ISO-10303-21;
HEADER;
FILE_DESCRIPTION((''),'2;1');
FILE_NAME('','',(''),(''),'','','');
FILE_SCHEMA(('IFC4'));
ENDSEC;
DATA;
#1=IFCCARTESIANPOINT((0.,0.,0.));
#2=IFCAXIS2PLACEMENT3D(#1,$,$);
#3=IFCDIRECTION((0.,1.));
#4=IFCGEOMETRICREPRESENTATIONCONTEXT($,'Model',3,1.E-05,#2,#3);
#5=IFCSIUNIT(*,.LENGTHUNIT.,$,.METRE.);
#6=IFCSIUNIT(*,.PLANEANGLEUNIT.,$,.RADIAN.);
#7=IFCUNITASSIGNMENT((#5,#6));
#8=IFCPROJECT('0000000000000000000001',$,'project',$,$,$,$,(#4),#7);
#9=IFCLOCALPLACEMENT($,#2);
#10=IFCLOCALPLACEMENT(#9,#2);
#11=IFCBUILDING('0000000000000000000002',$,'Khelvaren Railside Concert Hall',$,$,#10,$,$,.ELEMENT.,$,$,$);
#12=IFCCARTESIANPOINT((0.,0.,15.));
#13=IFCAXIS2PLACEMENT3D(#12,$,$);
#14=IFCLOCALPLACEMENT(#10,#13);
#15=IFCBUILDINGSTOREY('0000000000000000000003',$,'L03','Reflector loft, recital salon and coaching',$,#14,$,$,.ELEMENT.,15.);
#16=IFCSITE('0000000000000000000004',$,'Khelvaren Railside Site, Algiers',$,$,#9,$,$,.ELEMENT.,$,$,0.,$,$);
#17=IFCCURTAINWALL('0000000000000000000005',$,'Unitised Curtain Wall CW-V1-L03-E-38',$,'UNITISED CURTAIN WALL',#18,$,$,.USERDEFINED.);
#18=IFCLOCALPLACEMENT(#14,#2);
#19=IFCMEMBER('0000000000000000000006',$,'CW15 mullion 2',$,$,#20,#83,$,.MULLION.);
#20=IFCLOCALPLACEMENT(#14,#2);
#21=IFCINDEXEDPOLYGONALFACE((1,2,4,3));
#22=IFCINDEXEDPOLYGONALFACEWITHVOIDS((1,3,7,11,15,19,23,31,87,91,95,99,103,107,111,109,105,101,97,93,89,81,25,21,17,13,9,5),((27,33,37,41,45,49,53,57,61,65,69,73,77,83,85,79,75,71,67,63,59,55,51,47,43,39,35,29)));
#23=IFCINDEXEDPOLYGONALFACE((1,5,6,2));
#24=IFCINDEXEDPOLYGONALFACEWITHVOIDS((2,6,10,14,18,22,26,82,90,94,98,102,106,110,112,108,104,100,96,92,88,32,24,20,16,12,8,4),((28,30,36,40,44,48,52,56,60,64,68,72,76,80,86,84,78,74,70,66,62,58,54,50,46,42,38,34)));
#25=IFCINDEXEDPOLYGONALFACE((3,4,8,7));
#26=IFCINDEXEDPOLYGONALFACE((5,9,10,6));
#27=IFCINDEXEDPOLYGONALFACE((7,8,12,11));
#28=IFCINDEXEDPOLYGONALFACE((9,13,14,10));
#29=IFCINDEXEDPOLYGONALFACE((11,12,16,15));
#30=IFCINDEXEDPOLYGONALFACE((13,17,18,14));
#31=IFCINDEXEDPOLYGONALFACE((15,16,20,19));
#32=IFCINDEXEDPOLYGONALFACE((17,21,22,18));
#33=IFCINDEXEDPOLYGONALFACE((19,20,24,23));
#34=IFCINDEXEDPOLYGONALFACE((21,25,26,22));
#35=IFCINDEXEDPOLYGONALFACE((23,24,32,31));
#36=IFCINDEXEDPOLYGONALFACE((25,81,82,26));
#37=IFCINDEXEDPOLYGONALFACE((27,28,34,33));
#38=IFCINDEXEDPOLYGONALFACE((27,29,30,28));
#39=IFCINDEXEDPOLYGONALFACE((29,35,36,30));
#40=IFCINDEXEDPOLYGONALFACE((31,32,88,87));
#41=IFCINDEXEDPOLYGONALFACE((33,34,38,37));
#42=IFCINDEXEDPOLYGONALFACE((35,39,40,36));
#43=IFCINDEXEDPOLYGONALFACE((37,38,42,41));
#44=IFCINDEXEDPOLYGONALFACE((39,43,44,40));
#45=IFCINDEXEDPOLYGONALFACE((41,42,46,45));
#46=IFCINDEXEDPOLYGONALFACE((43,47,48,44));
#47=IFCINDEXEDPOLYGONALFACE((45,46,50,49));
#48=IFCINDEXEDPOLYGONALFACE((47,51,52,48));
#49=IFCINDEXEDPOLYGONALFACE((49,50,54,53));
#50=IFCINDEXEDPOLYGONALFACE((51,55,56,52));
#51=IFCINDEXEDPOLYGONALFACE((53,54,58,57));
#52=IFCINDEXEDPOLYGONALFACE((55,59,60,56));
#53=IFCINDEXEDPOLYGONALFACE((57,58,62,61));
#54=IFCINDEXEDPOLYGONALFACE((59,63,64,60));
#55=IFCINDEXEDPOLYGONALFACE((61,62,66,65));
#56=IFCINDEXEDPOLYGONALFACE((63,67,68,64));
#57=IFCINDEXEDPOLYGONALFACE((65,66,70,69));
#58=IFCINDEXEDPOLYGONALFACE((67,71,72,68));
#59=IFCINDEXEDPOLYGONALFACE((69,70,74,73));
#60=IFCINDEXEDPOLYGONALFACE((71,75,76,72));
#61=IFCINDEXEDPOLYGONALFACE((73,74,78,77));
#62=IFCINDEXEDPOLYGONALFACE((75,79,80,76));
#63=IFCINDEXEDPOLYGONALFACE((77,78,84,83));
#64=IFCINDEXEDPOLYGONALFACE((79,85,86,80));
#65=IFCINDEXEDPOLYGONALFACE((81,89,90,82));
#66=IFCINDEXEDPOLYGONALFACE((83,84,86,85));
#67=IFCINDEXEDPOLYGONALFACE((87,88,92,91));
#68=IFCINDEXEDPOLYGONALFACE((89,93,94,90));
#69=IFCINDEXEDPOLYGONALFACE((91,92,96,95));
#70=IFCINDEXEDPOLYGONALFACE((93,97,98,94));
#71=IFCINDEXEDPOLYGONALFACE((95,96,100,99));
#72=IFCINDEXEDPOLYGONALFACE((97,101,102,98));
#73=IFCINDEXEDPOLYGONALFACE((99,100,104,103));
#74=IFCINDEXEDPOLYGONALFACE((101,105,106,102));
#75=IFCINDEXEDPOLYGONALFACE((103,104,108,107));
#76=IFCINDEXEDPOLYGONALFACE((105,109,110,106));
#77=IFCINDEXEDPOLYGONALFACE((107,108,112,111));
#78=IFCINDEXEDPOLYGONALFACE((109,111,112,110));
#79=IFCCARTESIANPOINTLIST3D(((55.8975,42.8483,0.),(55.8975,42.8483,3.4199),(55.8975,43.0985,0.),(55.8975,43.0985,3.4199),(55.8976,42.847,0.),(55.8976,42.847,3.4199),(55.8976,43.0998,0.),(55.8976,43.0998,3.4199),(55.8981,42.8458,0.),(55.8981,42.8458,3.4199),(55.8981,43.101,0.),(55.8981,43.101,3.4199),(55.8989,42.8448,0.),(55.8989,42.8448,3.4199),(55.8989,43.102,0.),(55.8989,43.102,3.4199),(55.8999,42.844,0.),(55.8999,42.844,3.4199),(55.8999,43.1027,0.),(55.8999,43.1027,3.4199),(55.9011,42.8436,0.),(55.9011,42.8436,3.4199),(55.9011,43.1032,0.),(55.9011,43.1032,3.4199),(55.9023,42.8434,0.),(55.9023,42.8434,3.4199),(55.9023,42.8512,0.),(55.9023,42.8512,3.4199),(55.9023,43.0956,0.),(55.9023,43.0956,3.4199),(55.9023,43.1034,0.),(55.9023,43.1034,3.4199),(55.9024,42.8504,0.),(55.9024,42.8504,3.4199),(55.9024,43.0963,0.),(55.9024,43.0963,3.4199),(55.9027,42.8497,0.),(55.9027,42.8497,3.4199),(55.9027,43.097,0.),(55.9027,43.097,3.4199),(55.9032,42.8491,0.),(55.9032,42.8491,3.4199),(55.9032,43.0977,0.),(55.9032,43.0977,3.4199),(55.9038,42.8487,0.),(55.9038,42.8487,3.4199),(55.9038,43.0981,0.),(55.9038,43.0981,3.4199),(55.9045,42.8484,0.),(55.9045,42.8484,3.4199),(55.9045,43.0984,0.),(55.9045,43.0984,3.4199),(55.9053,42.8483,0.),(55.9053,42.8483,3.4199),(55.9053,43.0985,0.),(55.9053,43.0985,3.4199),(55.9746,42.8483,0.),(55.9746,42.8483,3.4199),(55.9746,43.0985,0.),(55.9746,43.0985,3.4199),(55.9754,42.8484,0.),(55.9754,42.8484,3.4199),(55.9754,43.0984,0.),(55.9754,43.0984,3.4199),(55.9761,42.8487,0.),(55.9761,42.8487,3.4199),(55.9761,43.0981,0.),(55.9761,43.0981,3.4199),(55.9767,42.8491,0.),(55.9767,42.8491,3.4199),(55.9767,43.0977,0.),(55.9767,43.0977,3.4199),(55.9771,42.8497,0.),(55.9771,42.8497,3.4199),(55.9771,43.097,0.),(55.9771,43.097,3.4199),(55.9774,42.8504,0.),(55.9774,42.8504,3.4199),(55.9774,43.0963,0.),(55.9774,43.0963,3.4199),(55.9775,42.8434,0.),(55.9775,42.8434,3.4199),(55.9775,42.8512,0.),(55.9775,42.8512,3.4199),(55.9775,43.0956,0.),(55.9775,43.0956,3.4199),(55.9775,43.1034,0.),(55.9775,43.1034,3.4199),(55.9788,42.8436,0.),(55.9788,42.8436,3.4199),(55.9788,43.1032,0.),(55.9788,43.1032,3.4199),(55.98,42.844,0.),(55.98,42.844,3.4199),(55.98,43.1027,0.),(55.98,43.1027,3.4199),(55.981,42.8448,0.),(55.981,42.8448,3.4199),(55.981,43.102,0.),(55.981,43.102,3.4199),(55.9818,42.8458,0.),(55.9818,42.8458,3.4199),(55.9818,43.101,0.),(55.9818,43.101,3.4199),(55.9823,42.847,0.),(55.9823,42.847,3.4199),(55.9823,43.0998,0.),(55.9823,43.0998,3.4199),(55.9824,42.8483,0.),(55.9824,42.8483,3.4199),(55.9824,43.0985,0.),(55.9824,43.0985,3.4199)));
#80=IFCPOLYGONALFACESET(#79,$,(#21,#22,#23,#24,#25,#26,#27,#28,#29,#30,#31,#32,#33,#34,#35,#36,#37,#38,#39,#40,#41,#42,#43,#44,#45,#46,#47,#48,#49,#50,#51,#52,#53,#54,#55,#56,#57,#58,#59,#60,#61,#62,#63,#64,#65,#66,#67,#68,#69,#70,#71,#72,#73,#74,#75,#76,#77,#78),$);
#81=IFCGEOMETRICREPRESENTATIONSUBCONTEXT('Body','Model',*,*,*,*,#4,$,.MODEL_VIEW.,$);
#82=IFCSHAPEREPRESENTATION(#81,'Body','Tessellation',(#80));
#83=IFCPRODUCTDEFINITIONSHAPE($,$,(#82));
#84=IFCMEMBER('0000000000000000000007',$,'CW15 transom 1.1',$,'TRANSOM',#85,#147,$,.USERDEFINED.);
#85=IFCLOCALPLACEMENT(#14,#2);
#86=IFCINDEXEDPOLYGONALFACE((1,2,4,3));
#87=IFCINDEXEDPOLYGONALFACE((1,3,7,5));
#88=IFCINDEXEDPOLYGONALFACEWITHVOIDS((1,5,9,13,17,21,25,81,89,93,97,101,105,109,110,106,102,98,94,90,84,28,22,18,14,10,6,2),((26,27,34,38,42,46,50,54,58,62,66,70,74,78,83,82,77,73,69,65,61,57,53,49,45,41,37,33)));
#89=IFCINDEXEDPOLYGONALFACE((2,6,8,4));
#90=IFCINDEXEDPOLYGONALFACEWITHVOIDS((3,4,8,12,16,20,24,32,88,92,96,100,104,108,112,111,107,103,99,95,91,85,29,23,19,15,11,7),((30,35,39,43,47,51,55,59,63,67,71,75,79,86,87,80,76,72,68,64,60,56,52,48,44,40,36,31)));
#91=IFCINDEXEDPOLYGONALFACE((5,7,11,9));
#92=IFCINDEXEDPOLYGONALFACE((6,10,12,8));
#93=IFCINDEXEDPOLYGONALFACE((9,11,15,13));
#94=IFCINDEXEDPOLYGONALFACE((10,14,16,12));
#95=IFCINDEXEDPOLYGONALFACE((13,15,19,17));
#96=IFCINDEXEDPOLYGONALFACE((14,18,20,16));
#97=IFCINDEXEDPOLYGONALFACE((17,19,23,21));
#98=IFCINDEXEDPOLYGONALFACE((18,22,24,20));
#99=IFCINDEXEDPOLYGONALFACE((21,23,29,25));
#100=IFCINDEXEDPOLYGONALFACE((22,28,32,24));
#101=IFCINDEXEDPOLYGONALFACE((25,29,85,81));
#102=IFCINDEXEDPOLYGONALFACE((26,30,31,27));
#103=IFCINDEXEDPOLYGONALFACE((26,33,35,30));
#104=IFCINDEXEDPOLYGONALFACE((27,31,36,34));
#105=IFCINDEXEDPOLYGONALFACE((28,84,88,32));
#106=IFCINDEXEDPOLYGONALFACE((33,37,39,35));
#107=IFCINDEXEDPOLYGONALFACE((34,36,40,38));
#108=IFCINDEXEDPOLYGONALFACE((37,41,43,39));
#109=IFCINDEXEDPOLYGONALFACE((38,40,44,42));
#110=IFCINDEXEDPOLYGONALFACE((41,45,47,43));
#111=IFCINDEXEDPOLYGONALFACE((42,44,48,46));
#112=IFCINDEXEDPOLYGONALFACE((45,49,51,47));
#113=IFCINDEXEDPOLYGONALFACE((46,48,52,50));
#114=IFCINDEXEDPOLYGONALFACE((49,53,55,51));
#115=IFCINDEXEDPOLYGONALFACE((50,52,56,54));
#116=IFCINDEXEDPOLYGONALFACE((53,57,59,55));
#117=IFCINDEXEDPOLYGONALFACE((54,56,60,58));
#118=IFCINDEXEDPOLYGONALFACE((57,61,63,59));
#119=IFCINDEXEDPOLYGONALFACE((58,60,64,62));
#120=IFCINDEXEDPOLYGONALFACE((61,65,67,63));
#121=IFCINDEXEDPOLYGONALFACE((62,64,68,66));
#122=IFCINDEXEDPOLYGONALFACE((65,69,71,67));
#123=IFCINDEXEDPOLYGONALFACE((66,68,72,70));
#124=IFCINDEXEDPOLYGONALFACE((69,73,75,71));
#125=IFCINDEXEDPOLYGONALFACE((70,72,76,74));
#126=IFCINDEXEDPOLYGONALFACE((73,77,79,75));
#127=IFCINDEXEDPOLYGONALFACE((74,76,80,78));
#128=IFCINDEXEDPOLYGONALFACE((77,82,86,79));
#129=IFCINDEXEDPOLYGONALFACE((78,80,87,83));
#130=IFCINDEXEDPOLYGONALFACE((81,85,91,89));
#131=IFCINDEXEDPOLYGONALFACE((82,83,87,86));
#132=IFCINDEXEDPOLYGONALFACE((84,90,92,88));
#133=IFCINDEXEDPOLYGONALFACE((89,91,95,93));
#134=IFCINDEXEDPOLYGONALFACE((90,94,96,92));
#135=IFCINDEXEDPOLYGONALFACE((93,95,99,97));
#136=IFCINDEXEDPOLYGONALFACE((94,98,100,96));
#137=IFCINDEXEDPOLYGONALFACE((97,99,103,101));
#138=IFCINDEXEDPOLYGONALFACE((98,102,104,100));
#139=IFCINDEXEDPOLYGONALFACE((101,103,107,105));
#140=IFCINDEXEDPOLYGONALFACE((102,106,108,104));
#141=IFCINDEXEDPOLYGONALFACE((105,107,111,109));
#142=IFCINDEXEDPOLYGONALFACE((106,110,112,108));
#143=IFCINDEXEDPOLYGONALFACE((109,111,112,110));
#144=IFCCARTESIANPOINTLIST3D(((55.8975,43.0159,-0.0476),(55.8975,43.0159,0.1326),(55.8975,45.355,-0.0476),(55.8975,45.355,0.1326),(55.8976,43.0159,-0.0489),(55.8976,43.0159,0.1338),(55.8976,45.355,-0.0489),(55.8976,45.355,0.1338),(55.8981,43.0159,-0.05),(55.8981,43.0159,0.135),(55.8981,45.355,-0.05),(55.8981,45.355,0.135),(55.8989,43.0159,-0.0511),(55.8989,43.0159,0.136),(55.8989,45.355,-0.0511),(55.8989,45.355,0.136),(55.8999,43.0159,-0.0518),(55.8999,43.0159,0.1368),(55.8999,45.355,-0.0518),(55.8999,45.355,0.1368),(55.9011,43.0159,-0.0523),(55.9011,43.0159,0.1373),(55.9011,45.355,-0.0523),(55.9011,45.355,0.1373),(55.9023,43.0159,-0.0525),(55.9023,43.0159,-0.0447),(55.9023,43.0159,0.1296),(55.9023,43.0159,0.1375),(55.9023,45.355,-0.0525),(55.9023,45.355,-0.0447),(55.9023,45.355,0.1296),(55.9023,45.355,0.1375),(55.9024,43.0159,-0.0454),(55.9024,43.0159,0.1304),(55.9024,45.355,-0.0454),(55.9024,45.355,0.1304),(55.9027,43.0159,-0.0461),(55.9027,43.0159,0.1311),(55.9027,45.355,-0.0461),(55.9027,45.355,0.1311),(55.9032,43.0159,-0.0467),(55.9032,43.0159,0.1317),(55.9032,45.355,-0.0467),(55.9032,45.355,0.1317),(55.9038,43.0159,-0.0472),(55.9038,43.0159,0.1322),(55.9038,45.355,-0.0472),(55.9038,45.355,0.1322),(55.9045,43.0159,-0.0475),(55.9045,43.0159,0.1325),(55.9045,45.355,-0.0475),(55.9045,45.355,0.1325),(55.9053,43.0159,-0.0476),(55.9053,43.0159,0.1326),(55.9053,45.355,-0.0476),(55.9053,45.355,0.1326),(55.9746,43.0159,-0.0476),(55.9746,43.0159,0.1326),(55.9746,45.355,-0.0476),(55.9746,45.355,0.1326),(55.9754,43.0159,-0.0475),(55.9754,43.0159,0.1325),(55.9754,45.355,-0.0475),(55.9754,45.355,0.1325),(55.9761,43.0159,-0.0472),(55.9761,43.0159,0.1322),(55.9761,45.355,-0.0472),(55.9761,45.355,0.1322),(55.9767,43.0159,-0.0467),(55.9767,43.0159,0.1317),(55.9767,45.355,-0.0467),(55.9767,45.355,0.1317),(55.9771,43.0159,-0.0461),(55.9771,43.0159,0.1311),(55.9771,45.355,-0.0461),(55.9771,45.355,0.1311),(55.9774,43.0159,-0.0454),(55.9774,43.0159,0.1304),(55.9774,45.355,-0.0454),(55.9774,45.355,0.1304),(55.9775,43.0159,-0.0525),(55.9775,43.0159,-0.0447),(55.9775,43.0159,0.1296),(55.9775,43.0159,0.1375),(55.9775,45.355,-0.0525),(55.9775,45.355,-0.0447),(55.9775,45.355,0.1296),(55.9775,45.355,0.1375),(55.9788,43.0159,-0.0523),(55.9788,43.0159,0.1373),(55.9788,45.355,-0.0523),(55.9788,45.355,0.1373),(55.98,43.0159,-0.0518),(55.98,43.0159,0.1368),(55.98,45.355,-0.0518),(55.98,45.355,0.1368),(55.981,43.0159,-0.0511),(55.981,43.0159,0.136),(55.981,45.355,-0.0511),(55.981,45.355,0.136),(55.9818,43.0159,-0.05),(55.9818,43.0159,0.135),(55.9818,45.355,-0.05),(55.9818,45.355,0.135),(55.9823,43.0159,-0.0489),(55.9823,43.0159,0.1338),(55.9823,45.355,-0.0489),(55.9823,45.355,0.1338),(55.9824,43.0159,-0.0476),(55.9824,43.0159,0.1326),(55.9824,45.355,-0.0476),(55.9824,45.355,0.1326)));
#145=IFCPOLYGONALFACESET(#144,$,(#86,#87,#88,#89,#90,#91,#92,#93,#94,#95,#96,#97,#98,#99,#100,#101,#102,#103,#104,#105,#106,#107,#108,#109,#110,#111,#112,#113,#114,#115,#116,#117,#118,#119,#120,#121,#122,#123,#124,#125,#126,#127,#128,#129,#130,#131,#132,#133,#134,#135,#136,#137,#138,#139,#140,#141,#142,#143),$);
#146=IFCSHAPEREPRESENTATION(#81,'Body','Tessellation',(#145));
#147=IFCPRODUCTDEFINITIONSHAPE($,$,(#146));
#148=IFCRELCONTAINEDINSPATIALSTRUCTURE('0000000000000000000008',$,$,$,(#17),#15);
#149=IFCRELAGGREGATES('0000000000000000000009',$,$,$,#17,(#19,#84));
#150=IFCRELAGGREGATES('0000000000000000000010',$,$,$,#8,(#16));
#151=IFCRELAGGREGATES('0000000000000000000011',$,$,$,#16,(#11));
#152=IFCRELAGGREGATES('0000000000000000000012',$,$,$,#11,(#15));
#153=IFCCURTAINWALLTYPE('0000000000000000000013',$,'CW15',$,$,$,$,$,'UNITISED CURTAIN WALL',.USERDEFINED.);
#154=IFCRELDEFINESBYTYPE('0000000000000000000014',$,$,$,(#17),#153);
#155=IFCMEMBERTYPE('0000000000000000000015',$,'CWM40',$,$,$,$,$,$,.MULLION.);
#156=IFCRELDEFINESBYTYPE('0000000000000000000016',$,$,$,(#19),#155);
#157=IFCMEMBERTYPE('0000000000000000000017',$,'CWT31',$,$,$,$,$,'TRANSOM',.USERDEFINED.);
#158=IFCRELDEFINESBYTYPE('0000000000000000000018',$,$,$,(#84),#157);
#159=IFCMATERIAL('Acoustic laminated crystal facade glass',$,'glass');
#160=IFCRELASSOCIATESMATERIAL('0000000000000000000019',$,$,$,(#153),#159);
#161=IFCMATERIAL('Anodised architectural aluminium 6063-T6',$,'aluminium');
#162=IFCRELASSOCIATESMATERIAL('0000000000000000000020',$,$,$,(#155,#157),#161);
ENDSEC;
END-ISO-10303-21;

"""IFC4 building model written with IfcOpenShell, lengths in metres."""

from ifc_helpers import new_model, si_unit, direction, frame, origin, origin_2d, place, context, subcontext, project, spatial, hollow_rectangle, extrude, material, material_profile, profile_set, type_object, element, aggregate, save


model = new_model("IFC4")

# Units and contexts
model_context = context("Model", 3, precision=1e-05, world=origin(), true_north=direction((0.0, 1.0)))
body_context = subcontext(model_context, "Body", "Model", "MODEL_VIEW")
ifc_project = project(units=[si_unit("LENGTHUNIT", "METRE"), si_unit("PLANEANGLEUNIT", "RADIAN")], contexts=[model_context])

# Site, building, storey
site_placement = place(None, origin())
site = spatial("IfcSite", under=ifc_project, at=site_placement, Name="Khelvaren Railside Site, Algiers", CompositionType="ELEMENT", RefElevation=0.0)
building_placement = place(site_placement, origin())
building = spatial("IfcBuilding", under=site, at=building_placement, Name="Khelvaren Railside Concert Hall", CompositionType="ELEMENT")
storey_placement = place(building_placement, frame((0.0, 0.0, 15.0)))
storey = spatial("IfcBuildingStorey", under=building, at=storey_placement, Name="L03", Description="Reflector loft, recital salon and coaching", CompositionType="ELEMENT", Elevation=15.0)

# Curtain wall, members
ifc_material_1 = material(Name="Acoustic laminated crystal facade glass", Category="glass")
curtain_wall_type = type_object("IfcCurtainWallType", Name="CW15", ElementType="UNITISED CURTAIN WALL", PredefinedType="USERDEFINED", material=ifc_material_1)
curtain_wall_placement = place(storey_placement, origin())
curtain_wall = element("IfcCurtainWall", 1, at=curtain_wall_placement, inside=storey, type_object=curtain_wall_type, Name="Unitised Curtain Wall CW-V1-L03-E-38", ObjectType="UNITISED CURTAIN WALL", PredefinedType="USERDEFINED")
ifc_material_2 = material(Name="Anodised architectural aluminium 6063-T6", Category="aluminium")
ifc_material_profile_1 = material_profile(ifc_material_2, hollow_rectangle(XDim=0.085, YDim=0.26, WallThickness=0.0049, InnerFilletRadius=0.0029, OuterFilletRadius=0.0049, at=origin_2d()), Name="CWM 85x260x5")
ifc_profile_set_1 = profile_set([ifc_material_profile_1], Name="Anodised architectural aluminium 6063-T6")
member_type_1 = type_object("IfcMemberType", Name="CWM40", PredefinedType="MULLION", material=ifc_profile_set_1)
member_1_placement = place(storey_placement, frame((55.9399, 42.9734, 0.0), z_axis=(0.0, 0.0, 1.0), x_axis=(1.0, 0.0, 0.0)))
member_1 = element("IfcMember", 2, at=member_1_placement, type_object=member_type_1, Name="CW15 mullion 2", PredefinedType="MULLION", context=body_context, shape_type="SweptSolid", body=[
    extrude(hollow_rectangle(XDim=0.085, YDim=0.26, WallThickness=0.0049, InnerFilletRadius=0.0029, OuterFilletRadius=0.0049, at=origin_2d()), origin(), (0.0, 0.0, 1.0), 3.4199),
])
ifc_material_profile_2 = material_profile(ifc_material_2, hollow_rectangle(XDim=0.085, YDim=0.1899, WallThickness=0.0049, InnerFilletRadius=0.0029, OuterFilletRadius=0.0049, at=origin_2d()), Name="CWT 85x190x5")
ifc_profile_set_2 = profile_set([ifc_material_profile_2], Name="Anodised architectural aluminium 6063-T6")
member_type_2 = type_object("IfcMemberType", Name="CWT31", ElementType="TRANSOM", PredefinedType="USERDEFINED", material=ifc_profile_set_2)
member_2_placement = place(storey_placement, frame((55.9399, 45.355, 0.0425), z_axis=(0.0, -1.0, 0.0), x_axis=(1.0, 0.0, 0.0)))
member_2 = element("IfcMember", 3, at=member_2_placement, type_object=member_type_2, Name="CW15 transom 1.1", ObjectType="TRANSOM", PredefinedType="USERDEFINED", context=body_context, shape_type="SweptSolid", body=[
    extrude(hollow_rectangle(XDim=0.085, YDim=0.1899, WallThickness=0.0049, InnerFilletRadius=0.0029, OuterFilletRadius=0.0049, at=origin_2d()), origin(), (0.0, 0.0, 1.0), 2.3391),
])

aggregate(curtain_wall, [member_1, member_2])

save(model, "model.ifc")
